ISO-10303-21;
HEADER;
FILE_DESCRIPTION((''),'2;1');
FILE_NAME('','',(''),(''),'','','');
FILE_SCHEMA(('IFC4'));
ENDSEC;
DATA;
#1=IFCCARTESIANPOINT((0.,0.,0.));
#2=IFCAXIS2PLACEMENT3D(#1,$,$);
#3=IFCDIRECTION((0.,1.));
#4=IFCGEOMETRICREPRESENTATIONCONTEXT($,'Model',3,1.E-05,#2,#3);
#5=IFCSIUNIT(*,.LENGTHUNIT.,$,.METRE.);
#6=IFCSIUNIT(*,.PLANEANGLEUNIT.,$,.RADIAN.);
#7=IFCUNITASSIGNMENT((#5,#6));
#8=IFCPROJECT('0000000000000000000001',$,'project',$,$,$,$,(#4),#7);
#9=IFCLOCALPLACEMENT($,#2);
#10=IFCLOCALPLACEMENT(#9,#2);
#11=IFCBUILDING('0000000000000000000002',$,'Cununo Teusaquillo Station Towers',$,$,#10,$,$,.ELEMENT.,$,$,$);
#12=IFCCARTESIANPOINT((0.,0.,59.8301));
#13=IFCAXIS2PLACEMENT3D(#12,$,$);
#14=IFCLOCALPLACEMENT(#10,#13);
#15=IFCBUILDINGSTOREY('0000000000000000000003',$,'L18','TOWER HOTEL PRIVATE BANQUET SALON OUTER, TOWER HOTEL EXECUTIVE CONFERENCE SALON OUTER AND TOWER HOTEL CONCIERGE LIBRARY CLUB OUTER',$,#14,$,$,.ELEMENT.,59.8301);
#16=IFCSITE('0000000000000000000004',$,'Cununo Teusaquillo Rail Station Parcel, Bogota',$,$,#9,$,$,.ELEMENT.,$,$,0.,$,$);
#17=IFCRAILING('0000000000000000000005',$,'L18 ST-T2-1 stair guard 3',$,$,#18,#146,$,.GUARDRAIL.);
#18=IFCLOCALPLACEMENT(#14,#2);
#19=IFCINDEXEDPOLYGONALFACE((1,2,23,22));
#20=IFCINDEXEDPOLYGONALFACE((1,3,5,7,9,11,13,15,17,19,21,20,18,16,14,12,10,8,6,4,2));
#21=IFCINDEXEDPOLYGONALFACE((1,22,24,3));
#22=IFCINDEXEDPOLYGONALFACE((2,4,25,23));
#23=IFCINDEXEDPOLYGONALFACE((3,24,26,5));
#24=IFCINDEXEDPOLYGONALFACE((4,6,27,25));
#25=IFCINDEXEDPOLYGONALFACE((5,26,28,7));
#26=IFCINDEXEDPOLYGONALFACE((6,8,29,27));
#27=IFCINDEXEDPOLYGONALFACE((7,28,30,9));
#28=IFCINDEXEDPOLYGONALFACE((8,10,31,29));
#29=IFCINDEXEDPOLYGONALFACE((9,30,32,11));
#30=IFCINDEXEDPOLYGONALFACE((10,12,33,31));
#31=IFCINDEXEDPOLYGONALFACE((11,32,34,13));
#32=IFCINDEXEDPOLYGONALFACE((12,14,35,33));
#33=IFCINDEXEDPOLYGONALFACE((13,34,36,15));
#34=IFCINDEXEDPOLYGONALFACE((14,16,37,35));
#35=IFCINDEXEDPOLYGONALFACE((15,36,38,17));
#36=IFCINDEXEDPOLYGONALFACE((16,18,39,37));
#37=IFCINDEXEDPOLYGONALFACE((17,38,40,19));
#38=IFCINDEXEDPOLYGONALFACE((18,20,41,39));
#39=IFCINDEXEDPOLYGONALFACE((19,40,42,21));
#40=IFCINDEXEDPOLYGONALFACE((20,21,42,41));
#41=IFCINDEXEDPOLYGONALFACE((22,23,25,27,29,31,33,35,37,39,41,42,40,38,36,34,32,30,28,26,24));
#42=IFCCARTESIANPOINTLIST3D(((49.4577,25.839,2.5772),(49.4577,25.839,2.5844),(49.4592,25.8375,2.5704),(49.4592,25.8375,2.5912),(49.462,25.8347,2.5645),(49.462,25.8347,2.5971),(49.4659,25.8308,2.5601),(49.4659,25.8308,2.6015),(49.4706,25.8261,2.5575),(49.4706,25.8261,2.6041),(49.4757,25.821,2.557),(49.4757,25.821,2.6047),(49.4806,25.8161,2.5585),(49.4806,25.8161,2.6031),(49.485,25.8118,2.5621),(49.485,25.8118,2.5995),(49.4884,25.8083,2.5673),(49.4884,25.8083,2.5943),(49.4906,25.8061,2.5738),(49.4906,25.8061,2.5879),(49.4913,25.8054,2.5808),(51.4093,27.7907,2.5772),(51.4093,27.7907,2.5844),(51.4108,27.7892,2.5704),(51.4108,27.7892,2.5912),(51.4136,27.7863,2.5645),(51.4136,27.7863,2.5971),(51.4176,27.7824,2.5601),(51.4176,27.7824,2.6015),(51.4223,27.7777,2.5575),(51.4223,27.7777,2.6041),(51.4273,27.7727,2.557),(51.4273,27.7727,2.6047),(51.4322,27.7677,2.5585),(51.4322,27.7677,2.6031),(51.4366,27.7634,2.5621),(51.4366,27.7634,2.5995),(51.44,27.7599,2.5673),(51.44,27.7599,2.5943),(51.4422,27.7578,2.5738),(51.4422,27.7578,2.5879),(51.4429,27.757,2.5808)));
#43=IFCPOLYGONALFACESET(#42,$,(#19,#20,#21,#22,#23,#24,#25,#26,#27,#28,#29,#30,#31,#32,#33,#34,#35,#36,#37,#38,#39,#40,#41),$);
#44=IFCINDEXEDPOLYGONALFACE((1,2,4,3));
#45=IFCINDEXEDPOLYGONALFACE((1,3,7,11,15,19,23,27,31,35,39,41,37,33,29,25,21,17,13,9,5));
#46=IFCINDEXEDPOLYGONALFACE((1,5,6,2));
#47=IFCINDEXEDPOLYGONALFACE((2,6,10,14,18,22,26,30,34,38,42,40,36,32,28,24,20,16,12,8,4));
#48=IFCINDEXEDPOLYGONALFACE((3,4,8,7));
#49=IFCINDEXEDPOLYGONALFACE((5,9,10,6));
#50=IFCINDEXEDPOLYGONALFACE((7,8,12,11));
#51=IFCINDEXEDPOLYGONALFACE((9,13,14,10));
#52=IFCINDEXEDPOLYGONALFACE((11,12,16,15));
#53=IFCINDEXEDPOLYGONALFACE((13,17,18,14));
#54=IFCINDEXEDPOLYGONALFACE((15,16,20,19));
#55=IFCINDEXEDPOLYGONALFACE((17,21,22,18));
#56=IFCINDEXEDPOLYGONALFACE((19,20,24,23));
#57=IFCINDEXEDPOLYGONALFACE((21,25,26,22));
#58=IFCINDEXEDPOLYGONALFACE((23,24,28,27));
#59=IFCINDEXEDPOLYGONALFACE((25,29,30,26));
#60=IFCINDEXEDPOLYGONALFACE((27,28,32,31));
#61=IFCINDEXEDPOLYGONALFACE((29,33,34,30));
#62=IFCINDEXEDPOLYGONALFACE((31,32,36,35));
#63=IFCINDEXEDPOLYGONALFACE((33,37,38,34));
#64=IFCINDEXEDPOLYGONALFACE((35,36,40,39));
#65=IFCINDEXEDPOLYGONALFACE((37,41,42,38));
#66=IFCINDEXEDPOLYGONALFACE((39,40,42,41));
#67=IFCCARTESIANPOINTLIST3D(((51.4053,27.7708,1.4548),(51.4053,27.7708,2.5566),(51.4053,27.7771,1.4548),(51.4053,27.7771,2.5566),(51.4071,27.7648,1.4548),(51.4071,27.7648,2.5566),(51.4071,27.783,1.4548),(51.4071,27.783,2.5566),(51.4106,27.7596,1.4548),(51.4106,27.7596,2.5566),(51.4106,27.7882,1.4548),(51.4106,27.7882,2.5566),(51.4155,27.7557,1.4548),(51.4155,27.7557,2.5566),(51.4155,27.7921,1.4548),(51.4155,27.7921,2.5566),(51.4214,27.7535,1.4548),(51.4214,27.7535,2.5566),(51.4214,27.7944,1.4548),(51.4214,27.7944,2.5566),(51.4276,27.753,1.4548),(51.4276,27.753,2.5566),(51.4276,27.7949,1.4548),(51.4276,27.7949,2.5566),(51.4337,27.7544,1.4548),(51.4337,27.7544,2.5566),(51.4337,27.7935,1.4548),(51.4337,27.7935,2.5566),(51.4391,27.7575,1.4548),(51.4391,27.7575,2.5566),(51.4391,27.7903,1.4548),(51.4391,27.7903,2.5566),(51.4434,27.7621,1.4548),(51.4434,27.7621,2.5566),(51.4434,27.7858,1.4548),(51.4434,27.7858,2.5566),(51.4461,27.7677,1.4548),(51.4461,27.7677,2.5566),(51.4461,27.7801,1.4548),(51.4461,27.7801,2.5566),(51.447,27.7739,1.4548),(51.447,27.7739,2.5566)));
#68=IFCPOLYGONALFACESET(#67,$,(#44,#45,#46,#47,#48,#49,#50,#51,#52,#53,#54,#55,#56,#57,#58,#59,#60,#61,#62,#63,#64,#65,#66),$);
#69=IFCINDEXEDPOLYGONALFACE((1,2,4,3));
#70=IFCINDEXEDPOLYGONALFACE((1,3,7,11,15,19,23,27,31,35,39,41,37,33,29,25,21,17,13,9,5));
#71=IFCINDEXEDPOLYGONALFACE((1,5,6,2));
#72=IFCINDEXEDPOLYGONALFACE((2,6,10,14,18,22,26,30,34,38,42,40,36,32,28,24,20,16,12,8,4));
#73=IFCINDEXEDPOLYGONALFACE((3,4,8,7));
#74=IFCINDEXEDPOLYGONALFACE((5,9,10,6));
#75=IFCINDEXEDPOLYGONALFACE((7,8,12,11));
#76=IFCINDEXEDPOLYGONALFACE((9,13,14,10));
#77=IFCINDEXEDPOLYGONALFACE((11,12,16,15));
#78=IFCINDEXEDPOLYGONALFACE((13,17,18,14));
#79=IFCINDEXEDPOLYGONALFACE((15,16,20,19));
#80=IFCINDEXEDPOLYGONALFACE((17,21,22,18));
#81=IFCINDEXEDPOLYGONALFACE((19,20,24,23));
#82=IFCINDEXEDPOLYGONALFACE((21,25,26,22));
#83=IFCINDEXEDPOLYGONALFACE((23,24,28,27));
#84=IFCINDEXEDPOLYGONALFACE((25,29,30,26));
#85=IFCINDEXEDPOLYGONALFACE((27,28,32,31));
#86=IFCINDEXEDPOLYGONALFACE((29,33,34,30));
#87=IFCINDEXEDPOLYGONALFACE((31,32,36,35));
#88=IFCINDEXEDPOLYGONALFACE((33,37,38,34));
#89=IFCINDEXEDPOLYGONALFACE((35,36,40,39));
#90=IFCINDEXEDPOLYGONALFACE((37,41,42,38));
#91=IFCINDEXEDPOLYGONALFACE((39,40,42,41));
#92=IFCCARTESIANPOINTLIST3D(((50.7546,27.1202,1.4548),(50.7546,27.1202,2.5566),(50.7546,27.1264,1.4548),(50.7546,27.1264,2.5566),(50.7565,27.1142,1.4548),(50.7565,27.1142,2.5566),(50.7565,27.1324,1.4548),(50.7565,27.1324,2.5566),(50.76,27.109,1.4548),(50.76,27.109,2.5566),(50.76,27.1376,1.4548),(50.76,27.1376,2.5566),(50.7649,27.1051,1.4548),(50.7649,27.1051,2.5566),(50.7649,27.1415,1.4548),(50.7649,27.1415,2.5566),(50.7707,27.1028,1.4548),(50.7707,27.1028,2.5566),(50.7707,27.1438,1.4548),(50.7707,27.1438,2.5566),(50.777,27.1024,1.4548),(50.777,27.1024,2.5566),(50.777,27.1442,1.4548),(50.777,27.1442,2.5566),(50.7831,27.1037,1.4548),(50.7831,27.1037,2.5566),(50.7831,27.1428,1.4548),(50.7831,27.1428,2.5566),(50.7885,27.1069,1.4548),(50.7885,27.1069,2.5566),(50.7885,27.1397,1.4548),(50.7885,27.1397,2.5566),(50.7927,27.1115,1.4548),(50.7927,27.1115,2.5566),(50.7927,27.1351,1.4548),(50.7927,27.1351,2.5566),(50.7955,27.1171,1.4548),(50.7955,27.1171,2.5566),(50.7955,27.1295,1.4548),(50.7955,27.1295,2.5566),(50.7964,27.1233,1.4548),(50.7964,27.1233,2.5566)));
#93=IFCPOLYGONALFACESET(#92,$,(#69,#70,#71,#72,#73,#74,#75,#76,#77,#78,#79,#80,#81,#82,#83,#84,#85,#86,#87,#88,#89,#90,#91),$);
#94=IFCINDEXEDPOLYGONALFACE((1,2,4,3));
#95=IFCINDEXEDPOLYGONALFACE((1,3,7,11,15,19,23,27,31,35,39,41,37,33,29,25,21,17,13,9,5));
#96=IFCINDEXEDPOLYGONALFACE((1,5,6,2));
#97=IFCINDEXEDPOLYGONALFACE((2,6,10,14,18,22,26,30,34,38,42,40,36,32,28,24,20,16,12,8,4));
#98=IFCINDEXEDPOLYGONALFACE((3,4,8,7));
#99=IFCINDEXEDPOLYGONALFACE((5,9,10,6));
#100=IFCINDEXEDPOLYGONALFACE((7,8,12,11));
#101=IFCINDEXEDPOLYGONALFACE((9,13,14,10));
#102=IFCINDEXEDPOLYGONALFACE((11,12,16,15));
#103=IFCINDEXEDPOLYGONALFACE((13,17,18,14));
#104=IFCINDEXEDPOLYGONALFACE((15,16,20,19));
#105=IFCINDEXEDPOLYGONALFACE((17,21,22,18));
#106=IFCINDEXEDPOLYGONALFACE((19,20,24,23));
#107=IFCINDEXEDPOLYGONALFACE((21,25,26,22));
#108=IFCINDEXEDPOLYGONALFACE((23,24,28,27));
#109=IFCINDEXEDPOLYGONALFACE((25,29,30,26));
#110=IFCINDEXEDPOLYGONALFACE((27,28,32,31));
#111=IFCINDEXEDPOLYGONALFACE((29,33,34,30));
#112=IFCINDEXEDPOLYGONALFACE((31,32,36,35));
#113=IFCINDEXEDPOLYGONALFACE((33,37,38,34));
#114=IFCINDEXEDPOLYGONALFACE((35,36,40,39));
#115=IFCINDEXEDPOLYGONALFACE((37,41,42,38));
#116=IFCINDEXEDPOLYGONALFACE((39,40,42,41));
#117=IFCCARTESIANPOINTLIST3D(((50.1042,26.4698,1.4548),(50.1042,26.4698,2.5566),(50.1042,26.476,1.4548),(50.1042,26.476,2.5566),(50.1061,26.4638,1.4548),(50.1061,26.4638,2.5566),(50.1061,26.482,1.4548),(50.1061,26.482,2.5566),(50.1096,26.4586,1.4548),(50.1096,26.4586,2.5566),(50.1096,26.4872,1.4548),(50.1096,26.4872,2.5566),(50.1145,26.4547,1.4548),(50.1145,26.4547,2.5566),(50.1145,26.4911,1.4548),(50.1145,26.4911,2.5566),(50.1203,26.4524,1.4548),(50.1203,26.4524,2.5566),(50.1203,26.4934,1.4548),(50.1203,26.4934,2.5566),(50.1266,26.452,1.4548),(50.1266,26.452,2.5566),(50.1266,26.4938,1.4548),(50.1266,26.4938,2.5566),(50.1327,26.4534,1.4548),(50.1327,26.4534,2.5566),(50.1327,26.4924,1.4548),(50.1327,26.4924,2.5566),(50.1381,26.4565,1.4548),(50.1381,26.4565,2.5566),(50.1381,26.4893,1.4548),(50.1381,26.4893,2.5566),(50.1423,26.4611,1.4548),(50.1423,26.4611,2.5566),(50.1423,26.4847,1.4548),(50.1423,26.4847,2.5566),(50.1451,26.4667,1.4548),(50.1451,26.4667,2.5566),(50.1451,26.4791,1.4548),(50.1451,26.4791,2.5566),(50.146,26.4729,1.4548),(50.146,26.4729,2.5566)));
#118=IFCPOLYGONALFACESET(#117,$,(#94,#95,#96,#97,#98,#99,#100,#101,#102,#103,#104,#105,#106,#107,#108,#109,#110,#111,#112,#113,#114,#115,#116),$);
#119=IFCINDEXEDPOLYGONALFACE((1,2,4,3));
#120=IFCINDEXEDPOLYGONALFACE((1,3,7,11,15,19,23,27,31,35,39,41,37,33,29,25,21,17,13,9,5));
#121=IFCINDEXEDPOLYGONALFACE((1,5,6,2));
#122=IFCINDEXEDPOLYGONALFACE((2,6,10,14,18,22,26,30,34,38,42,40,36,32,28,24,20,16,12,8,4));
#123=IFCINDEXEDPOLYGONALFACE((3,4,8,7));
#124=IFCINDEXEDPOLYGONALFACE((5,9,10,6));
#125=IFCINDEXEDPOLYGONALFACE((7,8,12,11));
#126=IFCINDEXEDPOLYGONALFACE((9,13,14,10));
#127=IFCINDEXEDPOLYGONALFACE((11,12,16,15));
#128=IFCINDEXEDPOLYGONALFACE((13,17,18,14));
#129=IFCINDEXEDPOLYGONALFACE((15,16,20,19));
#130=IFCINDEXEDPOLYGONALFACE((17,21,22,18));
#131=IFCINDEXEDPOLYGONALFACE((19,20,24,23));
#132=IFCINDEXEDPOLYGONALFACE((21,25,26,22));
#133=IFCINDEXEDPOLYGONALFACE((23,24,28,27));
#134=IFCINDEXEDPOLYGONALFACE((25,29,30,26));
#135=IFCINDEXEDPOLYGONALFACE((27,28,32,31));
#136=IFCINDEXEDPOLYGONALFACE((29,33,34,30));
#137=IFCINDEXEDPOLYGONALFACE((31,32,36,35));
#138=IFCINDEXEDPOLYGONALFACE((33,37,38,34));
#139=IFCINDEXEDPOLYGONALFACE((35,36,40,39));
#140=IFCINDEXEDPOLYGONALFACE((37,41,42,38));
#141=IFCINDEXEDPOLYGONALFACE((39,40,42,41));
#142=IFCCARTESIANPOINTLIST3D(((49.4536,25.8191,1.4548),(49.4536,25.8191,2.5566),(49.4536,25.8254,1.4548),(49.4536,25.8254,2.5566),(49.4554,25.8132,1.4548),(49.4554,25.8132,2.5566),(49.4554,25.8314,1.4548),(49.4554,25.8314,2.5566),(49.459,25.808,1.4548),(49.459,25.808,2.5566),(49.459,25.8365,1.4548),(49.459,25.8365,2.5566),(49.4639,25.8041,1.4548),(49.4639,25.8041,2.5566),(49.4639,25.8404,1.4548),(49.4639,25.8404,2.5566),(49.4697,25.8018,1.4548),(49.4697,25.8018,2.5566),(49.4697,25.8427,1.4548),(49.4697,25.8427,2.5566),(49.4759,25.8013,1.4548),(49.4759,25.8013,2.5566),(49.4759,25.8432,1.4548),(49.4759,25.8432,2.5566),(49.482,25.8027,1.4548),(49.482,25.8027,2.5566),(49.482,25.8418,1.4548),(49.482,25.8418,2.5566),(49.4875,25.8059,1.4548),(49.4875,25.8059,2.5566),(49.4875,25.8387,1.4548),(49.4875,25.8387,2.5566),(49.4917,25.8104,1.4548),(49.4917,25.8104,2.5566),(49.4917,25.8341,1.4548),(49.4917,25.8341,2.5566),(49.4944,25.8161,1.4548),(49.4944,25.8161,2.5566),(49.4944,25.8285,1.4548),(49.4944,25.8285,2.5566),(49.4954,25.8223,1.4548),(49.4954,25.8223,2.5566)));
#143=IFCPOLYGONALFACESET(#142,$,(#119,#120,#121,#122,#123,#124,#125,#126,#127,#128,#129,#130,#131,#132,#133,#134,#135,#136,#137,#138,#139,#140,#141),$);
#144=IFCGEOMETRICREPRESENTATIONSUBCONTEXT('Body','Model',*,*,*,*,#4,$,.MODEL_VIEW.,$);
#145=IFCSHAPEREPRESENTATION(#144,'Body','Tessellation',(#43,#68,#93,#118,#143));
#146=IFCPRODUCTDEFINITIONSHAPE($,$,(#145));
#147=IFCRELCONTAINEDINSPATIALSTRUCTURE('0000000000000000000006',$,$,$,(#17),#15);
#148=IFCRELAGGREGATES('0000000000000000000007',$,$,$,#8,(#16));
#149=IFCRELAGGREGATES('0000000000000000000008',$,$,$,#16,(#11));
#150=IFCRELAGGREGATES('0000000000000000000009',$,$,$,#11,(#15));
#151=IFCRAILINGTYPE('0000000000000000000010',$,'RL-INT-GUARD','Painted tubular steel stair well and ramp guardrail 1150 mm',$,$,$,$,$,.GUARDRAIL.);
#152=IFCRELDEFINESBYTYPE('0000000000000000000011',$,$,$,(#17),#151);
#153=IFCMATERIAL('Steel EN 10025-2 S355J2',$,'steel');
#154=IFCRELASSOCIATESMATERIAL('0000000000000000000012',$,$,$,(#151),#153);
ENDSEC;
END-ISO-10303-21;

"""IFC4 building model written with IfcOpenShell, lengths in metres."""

from ifc_helpers import new_model, si_unit, direction, frame, origin, origin_2d, place, context, subcontext, project, spatial, circle, extrude, material, type_object, element, save


model = new_model("IFC4")

# Units and contexts
model_context = context("Model", 3, precision=1e-05, world=origin(), true_north=direction((0.0, 1.0)))
body_context = subcontext(model_context, "Body", "Model", "MODEL_VIEW")
ifc_project = project(units=[si_unit("LENGTHUNIT", "METRE"), si_unit("PLANEANGLEUNIT", "RADIAN")], contexts=[model_context])

# Site, building, storey
site_placement = place(None, origin())
site = spatial("IfcSite", under=ifc_project, at=site_placement, Name="Cununo Teusaquillo Rail Station Parcel, Bogota", CompositionType="ELEMENT", RefElevation=0.0)
building_placement = place(site_placement, origin())
building = spatial("IfcBuilding", under=site, at=building_placement, Name="Cununo Teusaquillo Station Towers", CompositionType="ELEMENT")
storey_placement = place(building_placement, frame((0.0, 0.0, 59.8301)))
storey = spatial("IfcBuildingStorey", under=building, at=storey_placement, Name="L18", Description="TOWER HOTEL PRIVATE BANQUET SALON OUTER, TOWER HOTEL EXECUTIVE CONFERENCE SALON OUTER AND TOWER HOTEL CONCIERGE LIBRARY CLUB OUTER", CompositionType="ELEMENT", Elevation=59.8301)

# Railing
ifc_material_1 = material(Name="Steel EN 10025-2 S355J2", Category="steel")
railing_type = type_object("IfcRailingType", Name="RL-INT-GUARD", Description="Painted tubular steel stair well and ramp guardrail 1150 mm", PredefinedType="GUARDRAIL", material=ifc_material_1)
railing_1_placement = place(storey_placement, frame((51.426, 27.7739, 1.4548)))
element("IfcRailing", 1, at=railing_1_placement, inside=storey, type_object=railing_type, Name="L18 ST-T2-1 stair guard 3", PredefinedType="GUARDRAIL", context=body_context, shape_type="SweptSolid", body=[
    extrude(circle(Radius=0.0239, at=origin_2d()), frame((0.0, 0.0, 1.126), z_axis=(-0.707107, -0.707107, 0.0), x_axis=(0.707107, -0.707107, 0.0)), (0.0, 0.0, 1.0), 2.76),
    extrude(circle(Radius=0.021, at=origin_2d()), origin(), (0.0, 0.0, 1.0), 1.1018),
    extrude(circle(Radius=0.021, at=origin_2d()), frame((-0.6506, -0.6506, 0.0)), (0.0, 0.0, 1.0), 1.1018),
    extrude(circle(Radius=0.021, at=origin_2d()), frame((-1.301, -1.301, 0.0)), (0.0, 0.0, 1.0), 1.1018),
    extrude(circle(Radius=0.021, at=origin_2d()), frame((-1.9517, -1.9517, 0.0)), (0.0, 0.0, 1.0), 1.1018),
])

save(model, "model.ifc")
